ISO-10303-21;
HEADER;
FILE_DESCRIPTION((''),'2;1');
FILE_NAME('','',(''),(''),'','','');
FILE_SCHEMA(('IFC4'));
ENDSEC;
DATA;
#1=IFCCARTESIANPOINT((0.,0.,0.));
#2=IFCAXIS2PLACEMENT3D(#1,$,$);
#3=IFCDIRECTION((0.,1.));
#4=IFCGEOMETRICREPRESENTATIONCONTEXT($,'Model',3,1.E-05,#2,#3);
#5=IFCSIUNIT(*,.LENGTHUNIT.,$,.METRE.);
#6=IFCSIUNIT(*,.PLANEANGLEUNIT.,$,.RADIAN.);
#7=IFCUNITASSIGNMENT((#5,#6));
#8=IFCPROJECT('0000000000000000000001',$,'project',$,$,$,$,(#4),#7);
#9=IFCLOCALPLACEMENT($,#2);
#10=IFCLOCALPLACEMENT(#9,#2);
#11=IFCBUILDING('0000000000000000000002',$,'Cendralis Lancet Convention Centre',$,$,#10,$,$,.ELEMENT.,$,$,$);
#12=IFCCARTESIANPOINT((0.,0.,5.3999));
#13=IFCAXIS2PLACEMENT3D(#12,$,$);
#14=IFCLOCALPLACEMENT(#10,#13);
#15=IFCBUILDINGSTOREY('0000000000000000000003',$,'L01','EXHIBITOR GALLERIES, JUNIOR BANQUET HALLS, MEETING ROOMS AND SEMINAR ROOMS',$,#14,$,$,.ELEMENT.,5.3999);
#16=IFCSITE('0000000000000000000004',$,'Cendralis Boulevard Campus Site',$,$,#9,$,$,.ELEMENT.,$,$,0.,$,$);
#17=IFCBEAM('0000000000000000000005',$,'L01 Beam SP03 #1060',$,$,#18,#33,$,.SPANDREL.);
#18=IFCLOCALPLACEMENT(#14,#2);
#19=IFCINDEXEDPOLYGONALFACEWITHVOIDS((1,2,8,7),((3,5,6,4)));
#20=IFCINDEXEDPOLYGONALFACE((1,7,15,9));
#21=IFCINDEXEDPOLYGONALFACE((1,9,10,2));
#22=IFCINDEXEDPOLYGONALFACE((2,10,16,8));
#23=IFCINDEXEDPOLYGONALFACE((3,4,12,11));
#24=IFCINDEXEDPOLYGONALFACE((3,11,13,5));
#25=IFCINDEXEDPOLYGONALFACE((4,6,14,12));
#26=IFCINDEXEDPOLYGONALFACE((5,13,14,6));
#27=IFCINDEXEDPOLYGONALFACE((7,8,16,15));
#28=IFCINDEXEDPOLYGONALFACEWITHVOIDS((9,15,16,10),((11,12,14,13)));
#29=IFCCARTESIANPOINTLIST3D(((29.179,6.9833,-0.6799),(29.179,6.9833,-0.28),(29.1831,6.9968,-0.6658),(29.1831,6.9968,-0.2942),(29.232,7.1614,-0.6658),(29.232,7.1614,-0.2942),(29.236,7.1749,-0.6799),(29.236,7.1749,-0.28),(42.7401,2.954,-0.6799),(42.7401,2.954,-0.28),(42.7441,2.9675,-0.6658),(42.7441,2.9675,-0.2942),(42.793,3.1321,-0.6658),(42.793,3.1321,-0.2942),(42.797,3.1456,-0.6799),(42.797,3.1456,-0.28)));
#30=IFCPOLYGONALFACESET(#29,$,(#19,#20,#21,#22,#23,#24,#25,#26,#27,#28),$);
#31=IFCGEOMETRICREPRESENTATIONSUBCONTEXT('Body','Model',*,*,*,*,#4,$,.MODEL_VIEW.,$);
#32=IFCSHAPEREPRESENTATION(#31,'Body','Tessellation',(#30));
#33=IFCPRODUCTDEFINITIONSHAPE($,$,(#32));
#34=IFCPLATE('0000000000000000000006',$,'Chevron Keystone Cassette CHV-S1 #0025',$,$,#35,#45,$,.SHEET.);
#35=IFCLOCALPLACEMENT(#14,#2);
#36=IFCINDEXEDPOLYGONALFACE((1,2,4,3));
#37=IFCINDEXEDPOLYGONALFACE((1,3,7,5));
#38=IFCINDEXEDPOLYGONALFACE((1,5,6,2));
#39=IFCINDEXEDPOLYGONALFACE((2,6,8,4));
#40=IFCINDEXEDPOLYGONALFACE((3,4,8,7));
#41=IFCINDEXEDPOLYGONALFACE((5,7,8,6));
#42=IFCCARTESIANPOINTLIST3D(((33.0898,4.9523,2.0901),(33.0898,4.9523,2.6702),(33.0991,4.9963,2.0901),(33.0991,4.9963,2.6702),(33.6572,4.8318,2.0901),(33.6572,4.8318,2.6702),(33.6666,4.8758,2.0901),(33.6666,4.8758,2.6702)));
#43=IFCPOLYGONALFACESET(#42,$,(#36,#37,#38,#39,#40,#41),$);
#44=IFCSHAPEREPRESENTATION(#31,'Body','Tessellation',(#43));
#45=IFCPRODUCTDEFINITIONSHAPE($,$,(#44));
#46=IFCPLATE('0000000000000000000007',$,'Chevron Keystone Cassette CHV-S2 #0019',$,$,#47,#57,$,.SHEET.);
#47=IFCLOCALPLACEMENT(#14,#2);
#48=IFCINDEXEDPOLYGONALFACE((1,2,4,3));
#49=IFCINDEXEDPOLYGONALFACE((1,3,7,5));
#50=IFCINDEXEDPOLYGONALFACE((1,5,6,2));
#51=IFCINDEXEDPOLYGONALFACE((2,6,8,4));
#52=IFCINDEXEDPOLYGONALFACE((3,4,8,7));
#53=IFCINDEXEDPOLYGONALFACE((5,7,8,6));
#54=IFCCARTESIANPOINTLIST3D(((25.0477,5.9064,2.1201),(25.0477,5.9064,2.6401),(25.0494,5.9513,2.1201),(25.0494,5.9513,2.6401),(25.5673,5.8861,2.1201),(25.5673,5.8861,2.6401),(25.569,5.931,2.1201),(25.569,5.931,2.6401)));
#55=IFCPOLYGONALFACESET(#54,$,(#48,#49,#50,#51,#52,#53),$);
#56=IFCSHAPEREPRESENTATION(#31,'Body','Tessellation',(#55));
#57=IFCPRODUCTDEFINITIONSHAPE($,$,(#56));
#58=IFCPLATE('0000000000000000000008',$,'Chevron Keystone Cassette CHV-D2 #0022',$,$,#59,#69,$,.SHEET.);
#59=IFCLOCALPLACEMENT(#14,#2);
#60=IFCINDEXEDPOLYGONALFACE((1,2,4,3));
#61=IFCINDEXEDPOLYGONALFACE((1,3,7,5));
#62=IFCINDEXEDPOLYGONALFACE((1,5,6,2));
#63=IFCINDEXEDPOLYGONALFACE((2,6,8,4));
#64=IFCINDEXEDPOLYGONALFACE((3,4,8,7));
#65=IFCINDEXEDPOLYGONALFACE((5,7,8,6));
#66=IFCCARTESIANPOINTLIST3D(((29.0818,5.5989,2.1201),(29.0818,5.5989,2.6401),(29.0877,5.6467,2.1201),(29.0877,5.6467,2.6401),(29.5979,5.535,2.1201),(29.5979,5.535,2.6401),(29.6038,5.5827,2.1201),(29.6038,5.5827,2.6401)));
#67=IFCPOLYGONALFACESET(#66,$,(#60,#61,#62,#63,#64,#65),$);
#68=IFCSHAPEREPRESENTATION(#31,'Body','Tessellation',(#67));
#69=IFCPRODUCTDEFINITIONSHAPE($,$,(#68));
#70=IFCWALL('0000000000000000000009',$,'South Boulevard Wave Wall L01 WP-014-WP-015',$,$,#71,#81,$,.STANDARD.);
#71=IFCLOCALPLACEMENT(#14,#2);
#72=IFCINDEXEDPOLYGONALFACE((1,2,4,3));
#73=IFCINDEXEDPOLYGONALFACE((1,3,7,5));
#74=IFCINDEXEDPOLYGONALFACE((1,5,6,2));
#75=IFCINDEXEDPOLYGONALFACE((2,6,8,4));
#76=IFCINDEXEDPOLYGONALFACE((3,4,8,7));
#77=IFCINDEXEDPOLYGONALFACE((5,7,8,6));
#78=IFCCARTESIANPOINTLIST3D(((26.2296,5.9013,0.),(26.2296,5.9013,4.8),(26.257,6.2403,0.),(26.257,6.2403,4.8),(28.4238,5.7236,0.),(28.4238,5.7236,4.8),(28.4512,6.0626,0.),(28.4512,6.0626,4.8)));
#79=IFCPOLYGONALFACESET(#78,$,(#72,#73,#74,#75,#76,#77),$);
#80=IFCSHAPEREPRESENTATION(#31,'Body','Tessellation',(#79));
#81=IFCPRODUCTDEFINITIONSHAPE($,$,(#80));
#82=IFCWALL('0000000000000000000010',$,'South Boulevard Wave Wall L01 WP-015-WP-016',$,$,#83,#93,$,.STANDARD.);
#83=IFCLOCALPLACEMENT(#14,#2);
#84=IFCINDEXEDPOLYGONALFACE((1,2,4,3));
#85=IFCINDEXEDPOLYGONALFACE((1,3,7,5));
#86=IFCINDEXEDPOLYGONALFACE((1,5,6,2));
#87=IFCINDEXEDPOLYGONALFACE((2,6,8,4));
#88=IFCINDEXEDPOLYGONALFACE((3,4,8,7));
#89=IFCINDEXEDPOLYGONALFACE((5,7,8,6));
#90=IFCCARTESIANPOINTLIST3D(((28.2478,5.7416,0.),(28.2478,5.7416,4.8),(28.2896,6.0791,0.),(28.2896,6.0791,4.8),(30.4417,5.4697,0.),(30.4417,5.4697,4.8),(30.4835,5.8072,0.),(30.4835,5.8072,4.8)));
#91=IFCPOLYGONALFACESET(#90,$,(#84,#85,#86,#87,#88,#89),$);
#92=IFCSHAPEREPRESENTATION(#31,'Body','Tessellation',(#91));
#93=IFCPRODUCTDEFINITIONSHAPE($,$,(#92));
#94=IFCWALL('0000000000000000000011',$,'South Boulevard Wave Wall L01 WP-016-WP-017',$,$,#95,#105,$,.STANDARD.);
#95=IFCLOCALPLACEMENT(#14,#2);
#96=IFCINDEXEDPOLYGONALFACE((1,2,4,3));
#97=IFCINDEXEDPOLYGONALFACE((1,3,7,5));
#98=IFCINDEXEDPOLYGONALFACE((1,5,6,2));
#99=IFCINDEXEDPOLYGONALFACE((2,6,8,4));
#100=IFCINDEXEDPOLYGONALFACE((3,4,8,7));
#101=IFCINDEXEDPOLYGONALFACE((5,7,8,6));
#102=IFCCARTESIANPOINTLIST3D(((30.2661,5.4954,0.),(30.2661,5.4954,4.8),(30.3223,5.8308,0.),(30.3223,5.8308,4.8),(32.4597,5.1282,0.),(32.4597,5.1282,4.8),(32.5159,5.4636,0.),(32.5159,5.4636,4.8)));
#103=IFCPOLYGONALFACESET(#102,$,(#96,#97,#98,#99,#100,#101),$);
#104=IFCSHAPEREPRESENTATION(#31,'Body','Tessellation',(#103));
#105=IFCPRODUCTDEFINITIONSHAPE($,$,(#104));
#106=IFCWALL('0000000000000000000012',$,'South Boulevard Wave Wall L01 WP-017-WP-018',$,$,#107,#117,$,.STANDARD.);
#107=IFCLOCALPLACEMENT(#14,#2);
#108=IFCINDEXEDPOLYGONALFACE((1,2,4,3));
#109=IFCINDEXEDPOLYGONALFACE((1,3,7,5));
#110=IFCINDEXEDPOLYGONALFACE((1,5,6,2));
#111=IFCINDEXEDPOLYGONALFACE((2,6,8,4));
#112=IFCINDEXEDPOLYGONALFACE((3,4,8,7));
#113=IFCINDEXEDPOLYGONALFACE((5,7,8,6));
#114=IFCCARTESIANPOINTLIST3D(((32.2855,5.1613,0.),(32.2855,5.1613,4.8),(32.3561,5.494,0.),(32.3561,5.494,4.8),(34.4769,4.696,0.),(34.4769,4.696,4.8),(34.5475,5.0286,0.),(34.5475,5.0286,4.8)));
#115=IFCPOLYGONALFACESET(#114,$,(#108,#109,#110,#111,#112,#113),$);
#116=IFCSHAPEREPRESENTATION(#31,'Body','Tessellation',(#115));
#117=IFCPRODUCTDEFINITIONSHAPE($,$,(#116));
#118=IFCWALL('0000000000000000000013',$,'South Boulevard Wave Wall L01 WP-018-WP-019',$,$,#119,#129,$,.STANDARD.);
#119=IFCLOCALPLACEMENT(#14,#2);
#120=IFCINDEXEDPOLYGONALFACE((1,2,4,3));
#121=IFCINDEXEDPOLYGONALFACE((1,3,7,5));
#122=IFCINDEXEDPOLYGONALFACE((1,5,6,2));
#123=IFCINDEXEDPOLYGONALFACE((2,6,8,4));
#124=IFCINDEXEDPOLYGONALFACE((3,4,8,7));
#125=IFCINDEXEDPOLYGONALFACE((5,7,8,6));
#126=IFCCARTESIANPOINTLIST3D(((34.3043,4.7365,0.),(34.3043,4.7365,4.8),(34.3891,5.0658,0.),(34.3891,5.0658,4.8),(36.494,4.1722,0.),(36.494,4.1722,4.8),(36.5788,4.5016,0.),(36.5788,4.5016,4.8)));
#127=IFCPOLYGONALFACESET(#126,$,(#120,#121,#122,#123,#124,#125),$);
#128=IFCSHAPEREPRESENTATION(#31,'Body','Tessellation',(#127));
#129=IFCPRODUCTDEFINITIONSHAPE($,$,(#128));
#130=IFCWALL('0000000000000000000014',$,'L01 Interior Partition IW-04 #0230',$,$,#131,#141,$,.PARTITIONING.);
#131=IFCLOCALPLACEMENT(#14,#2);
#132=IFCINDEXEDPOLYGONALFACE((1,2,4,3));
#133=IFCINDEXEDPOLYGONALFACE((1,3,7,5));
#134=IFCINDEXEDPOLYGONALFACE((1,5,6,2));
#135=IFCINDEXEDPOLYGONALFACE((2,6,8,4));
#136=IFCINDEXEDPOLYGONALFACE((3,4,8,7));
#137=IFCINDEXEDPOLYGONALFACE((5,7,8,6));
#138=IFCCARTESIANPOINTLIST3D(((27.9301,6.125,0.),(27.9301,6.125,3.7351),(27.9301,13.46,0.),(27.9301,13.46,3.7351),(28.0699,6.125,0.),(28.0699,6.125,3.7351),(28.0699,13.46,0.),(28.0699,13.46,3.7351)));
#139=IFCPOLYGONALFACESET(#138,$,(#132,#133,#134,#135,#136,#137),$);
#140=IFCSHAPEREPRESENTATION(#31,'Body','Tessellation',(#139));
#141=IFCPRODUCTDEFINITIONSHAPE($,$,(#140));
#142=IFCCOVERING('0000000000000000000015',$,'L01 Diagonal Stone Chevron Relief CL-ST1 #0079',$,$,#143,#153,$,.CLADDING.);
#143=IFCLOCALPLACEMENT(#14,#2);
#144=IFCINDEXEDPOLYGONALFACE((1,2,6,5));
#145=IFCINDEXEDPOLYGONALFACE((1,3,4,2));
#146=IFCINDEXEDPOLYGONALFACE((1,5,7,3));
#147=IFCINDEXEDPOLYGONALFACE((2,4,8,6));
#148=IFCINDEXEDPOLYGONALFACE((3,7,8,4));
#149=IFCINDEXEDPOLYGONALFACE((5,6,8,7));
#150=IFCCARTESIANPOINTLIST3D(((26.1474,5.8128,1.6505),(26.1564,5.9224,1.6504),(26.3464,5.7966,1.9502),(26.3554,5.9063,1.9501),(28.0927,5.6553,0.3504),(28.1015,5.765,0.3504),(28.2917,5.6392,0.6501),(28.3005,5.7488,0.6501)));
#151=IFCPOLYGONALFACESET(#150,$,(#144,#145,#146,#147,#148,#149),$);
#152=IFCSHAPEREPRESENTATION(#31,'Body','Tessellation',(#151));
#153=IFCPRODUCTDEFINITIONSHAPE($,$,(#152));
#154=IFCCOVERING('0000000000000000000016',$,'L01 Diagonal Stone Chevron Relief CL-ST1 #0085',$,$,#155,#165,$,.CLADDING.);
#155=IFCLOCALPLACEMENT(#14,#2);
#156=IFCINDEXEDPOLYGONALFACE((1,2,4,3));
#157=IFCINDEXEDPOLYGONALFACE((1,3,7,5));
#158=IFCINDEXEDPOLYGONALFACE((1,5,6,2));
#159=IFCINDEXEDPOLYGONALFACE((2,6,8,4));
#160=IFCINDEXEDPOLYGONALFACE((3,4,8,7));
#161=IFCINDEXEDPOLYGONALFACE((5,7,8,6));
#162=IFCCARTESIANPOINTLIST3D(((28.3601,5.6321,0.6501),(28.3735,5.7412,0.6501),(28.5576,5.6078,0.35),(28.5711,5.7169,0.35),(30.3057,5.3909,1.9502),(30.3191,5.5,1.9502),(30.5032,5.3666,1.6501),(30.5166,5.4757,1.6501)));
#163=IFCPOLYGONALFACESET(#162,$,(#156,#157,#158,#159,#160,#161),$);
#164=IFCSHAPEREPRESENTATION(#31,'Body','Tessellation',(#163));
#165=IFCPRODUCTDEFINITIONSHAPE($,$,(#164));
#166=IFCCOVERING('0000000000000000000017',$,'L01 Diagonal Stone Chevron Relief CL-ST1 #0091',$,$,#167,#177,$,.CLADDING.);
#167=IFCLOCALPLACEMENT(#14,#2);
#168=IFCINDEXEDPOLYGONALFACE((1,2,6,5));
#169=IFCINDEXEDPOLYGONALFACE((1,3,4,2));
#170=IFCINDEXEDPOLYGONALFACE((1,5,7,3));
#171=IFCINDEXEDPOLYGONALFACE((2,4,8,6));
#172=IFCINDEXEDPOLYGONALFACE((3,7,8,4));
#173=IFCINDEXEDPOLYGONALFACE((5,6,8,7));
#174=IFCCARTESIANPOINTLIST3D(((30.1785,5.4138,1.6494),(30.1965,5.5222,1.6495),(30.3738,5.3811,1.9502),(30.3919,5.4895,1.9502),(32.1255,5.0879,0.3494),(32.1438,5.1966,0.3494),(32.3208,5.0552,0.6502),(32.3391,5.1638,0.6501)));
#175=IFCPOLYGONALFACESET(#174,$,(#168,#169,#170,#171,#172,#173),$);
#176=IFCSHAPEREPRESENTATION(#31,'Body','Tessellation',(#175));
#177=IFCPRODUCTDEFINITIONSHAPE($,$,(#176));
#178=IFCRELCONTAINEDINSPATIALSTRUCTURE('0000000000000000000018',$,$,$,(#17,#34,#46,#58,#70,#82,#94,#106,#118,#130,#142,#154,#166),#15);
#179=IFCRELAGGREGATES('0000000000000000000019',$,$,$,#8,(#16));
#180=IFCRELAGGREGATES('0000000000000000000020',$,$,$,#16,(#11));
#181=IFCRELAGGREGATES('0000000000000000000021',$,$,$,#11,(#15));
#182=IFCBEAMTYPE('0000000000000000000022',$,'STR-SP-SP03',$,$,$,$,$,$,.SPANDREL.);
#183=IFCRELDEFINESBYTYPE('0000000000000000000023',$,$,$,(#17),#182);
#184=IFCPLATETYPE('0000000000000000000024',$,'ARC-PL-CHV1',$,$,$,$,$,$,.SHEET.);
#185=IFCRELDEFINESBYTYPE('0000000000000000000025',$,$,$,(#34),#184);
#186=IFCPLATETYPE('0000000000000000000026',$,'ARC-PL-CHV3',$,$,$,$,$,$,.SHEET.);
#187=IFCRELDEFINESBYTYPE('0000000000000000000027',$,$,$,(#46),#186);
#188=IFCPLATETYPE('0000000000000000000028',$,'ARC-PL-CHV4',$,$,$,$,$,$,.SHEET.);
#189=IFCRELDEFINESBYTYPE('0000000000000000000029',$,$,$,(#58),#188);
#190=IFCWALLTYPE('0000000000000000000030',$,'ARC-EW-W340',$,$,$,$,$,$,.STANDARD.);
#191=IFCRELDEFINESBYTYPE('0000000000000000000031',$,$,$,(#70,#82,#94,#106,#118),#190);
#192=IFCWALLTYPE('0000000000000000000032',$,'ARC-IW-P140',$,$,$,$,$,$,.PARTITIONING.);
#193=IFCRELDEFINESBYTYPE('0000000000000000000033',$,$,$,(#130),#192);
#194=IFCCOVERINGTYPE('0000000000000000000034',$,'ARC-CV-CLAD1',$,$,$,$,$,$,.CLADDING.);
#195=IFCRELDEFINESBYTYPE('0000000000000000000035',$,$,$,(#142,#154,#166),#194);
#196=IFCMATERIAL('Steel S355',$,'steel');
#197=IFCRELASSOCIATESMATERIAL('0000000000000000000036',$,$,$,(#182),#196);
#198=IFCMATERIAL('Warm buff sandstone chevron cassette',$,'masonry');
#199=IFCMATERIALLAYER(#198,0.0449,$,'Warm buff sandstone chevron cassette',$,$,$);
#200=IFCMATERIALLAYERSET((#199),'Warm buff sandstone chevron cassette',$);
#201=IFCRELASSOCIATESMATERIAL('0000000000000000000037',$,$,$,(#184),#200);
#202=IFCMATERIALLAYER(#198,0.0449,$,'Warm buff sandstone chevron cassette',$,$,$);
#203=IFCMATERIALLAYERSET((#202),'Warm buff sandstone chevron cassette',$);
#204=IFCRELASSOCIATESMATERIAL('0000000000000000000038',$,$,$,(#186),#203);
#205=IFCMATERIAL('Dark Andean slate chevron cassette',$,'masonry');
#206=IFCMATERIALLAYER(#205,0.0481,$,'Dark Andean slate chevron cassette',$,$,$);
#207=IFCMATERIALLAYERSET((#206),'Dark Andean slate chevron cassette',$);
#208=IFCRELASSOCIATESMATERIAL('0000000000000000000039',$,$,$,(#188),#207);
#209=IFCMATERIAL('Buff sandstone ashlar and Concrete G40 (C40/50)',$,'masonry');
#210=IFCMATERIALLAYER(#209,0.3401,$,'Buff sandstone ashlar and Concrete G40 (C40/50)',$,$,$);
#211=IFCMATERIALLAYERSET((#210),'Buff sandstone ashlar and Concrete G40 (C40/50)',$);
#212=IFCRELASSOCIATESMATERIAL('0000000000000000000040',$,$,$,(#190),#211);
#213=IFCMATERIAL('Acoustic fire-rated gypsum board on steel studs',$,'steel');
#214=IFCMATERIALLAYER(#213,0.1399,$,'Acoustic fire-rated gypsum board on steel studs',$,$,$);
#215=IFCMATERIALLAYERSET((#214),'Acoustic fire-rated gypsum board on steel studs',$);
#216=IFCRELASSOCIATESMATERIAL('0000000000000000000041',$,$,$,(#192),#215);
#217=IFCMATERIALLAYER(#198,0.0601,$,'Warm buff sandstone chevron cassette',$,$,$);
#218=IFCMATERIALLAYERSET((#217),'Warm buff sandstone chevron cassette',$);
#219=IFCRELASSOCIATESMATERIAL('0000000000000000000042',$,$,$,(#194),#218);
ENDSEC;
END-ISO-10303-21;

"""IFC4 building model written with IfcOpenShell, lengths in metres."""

from ifc_helpers import new_model, si_unit, direction, frame, frame_2d, origin, origin_2d, place, context, subcontext, project, spatial, polyline, rectangle, hollow_rectangle, outline, extrude, material, layer, layer_set, material_profile, profile_set, type_object, element, save


model = new_model("IFC4")

# Units and contexts
model_context = context("Model", 3, precision=1e-05, world=origin(), true_north=direction((0.0, 1.0)))
body_context = subcontext(model_context, "Body", "Model", "MODEL_VIEW")
ifc_project = project(units=[si_unit("LENGTHUNIT", "METRE"), si_unit("PLANEANGLEUNIT", "RADIAN")], contexts=[model_context])

# Site, building, storey
site_placement = place(None, origin())
site = spatial("IfcSite", under=ifc_project, at=site_placement, Name="Cendralis Boulevard Campus Site", CompositionType="ELEMENT", RefElevation=0.0)
building_placement = place(site_placement, origin())
building = spatial("IfcBuilding", under=site, at=building_placement, Name="Cendralis Lancet Convention Centre", CompositionType="ELEMENT")
storey_placement = place(building_placement, frame((0.0, 0.0, 5.3999)))
storey = spatial("IfcBuildingStorey", under=building, at=storey_placement, Name="L01", Description="EXHIBITOR GALLERIES, JUNIOR BANQUET HALLS, MEETING ROOMS AND SEMINAR ROOMS", CompositionType="ELEMENT", Elevation=5.3999)

# Beam
ifc_material_1 = material(Name="Steel S355", Category="steel")
ifc_material_profile = material_profile(ifc_material_1, hollow_rectangle(XDim=0.2, YDim=0.3999, WallThickness=0.0142, at=origin_2d()), Name="RHS 400x200x14.2")
ifc_profile_set = profile_set([ifc_material_profile], Name="Steel S355")
beam_type = type_object("IfcBeamType", Name="STR-SP-SP03", PredefinedType="SPANDREL", material=ifc_profile_set)
beam_placement = place(storey_placement, frame((29.2075, 7.0791, -0.48), z_axis=(0.958582, -0.284817, 0.0), x_axis=(0.284817, 0.958582, 0.0)))
element("IfcBeam", 1, at=beam_placement, inside=storey, type_object=beam_type, Name="L01 Beam SP03 #1060", PredefinedType="SPANDREL", context=body_context, shape_type="SweptSolid", body=[
    extrude(hollow_rectangle(XDim=0.2, YDim=0.3999, WallThickness=0.0142, at=origin_2d()), origin(), (0.0, 0.0, 1.0), 14.147),
])

# Plates
ifc_material_2 = material(Name="Warm buff sandstone chevron cassette", Category="masonry")
ifc_layer_1 = layer(ifc_material_2, 0.0449, Name="Warm buff sandstone chevron cassette")
ifc_layer_set_1 = layer_set([ifc_layer_1], Name="Warm buff sandstone chevron cassette")
plate_type_1 = type_object("IfcPlateType", Name="ARC-PL-CHV1", PredefinedType="SHEET", material=ifc_layer_set_1)
plate_1_placement = place(storey_placement, frame((33.3782, 4.9141, 2.0901), z_axis=(0.0, 0.0, 1.0), x_axis=(0.978191, -0.207707, 0.0)))
element("IfcPlate", 2, at=plate_1_placement, inside=storey, type_object=plate_type_1, Name="Chevron Keystone Cassette CHV-S1 #0025", PredefinedType="SHEET", context=body_context, shape_type="SweptSolid", body=[
    extrude(rectangle(XDim=0.5801, YDim=0.0449, at=origin_2d()), origin(), (0.0, 0.0, 1.0), 0.5801),
])
ifc_layer_2 = layer(ifc_material_2, 0.0449, Name="Warm buff sandstone chevron cassette")
ifc_layer_set_2 = layer_set([ifc_layer_2], Name="Warm buff sandstone chevron cassette")
plate_type_2 = type_object("IfcPlateType", Name="ARC-PL-CHV3", PredefinedType="SHEET", material=ifc_layer_set_2)
plate_2_placement = place(storey_placement, frame((25.3083, 5.9187, 2.1201), z_axis=(0.0, 0.0, 1.0), x_axis=(0.99924, -0.038981, 0.0)))
element("IfcPlate", 3, at=plate_2_placement, inside=storey, type_object=plate_type_2, Name="Chevron Keystone Cassette CHV-S2 #0019", PredefinedType="SHEET", context=body_context, shape_type="SweptSolid", body=[
    extrude(rectangle(XDim=0.52, YDim=0.0449, at=origin_2d()), origin(), (0.0, 0.0, 1.0), 0.52),
])
ifc_material_3 = material(Name="Dark Andean slate chevron cassette", Category="masonry")
ifc_layer_3 = layer(ifc_material_3, 0.0481, Name="Dark Andean slate chevron cassette")
ifc_layer_set_3 = layer_set([ifc_layer_3], Name="Dark Andean slate chevron cassette")
plate_type_3 = type_object("IfcPlateType", Name="ARC-PL-CHV4", PredefinedType="SHEET", material=ifc_layer_set_3)
plate_3_placement = place(storey_placement, frame((29.3428, 5.5908, 2.1201), z_axis=(0.0, 0.0, 1.0), x_axis=(0.992405, -0.123013, 0.0)))
element("IfcPlate", 4, at=plate_3_placement, inside=storey, type_object=plate_type_3, Name="Chevron Keystone Cassette CHV-D2 #0022", PredefinedType="SHEET", context=body_context, shape_type="SweptSolid", body=[
    extrude(rectangle(XDim=0.52, YDim=0.0481, at=origin_2d()), origin(), (0.0, 0.0, 1.0), 0.52),
])

# Walls
ifc_material_4 = material(Name="Buff sandstone ashlar and Concrete G40 (C40/50)", Category="masonry")
ifc_layer_4 = layer(ifc_material_4, 0.3401, Name="Buff sandstone ashlar and Concrete G40 (C40/50)")
ifc_layer_set_4 = layer_set([ifc_layer_4], Name="Buff sandstone ashlar and Concrete G40 (C40/50)")
wall_type_1 = type_object("IfcWallType", Name="ARC-EW-W340", PredefinedType="STANDARD", material=ifc_layer_set_4)
wall_1_placement = place(storey_placement, frame((26.2434, 6.0708, 0.0), z_axis=(0.0, 0.0, 1.0), x_axis=(0.996736, -0.080732, 0.0)))
element("IfcWall", 5, at=wall_1_placement, inside=storey, type_object=wall_type_1, Name="South Boulevard Wave Wall L01 WP-014-WP-015", PredefinedType="STANDARD", context=body_context, shape_type="SweptSolid", body=[
    extrude(rectangle(XDim=2.2014, YDim=0.3401, at=frame_2d((1.1006, 0.0))), origin(), (0.0, 0.0, 1.0), 4.8),
])
wall_2_placement = place(storey_placement, frame((28.2686, 5.9104, 0.0), z_axis=(0.0, 0.0, 1.0), x_axis=(0.992403, -0.123029, 0.0)))
element("IfcWall", 6, at=wall_2_placement, inside=storey, type_object=wall_type_1, Name="South Boulevard Wave Wall L01 WP-015-WP-016", PredefinedType="STANDARD", context=body_context, shape_type="SweptSolid", body=[
    extrude(rectangle(XDim=2.2107, YDim=0.3401, at=frame_2d((1.1055, 0.0))), origin(), (0.0, 0.0, 1.0), 4.8),
])
wall_3_placement = place(storey_placement, frame((30.2942, 5.6631, 0.0), z_axis=(0.0, 0.0, 1.0), x_axis=(0.986278, -0.165093, 0.0)))
element("IfcWall", 7, at=wall_3_placement, inside=storey, type_object=wall_type_1, Name="South Boulevard Wave Wall L01 WP-016-WP-017", PredefinedType="STANDARD", context=body_context, shape_type="SweptSolid", body=[
    extrude(rectangle(XDim=2.2241, YDim=0.3401, at=frame_2d((1.1121, 0.0))), origin(), (0.0, 0.0, 1.0), 4.8),
])
wall_4_placement = place(storey_placement, frame((32.3208, 5.3276, 0.0), z_axis=(0.0, 0.0, 1.0), x_axis=(0.97819, -0.207713, 0.0)))
element("IfcWall", 8, at=wall_4_placement, inside=storey, type_object=wall_type_1, Name="South Boulevard Wave Wall L01 WP-017-WP-018", PredefinedType="STANDARD", context=body_context, shape_type="SweptSolid", body=[
    extrude(rectangle(XDim=2.2402, YDim=0.3401, at=frame_2d((1.1201, 0.0))), origin(), (0.0, 0.0, 1.0), 4.8),
])
wall_5_placement = place(storey_placement, frame((34.3467, 4.9011, 0.0), z_axis=(0.0, 0.0, 1.0), x_axis=(0.968371, -0.249516, 0.0)))
element("IfcWall", 9, at=wall_5_placement, inside=storey, type_object=wall_type_1, Name="South Boulevard Wave Wall L01 WP-018-WP-019", PredefinedType="STANDARD", context=body_context, shape_type="SweptSolid", body=[
    extrude(rectangle(XDim=2.2612, YDim=0.3401, at=frame_2d((1.1306, 0.0))), origin(), (0.0, 0.0, 1.0), 4.8),
])
ifc_material_5 = material(Name="Acoustic fire-rated gypsum board on steel studs", Category="steel")
ifc_layer_5 = layer(ifc_material_5, 0.1399, Name="Acoustic fire-rated gypsum board on steel studs")
ifc_layer_set_5 = layer_set([ifc_layer_5], Name="Acoustic fire-rated gypsum board on steel studs")
wall_type_2 = type_object("IfcWallType", Name="ARC-IW-P140", PredefinedType="PARTITIONING", material=ifc_layer_set_5)
wall_6_placement = place(storey_placement, frame((28.0, 6.125, 0.0), z_axis=(0.0, 0.0, 1.0), x_axis=(0.0, 1.0, 0.0)))
element("IfcWall", 10, at=wall_6_placement, inside=storey, type_object=wall_type_2, Name="L01 Interior Partition IW-04 #0230", PredefinedType="PARTITIONING", context=body_context, shape_type="SweptSolid", body=[
    extrude(rectangle(XDim=7.335, YDim=0.1399, at=frame_2d((3.6675, 0.0))), origin(), (0.0, 0.0, 1.0), 3.7351),
])

# Coverings
ifc_layer_6 = layer(ifc_material_2, 0.0601, Name="Warm buff sandstone chevron cassette")
ifc_layer_set_6 = layer_set([ifc_layer_6], Name="Warm buff sandstone chevron cassette")
covering_type_1 = type_object("IfcCoveringType", Name="ARC-CV-CLAD1", PredefinedType="CLADDING", material=ifc_layer_set_6)
covering_1_placement = place(storey_placement, frame((26.3464, 5.7966, 1.9502), z_axis=(0.552586, -0.044921, 0.832245), x_axis=(0.829531, -0.06715, -0.554409)))
element("IfcCovering", 11, at=covering_1_placement, inside=storey, type_object=covering_type_1, Name="L01 Diagonal Stone Chevron Relief CL-ST1 #0079", PredefinedType="CLADDING", context=body_context, shape_type="SweptSolid", body=[
    extrude(outline(polyline([(0.0, 0.0), (2.345, 0.0), (2.345, 0.11), (0.0001, 0.11), (0.0, 0.0)])), origin(), (0.0, 0.0, -1.0), 0.3601),
])
covering_2_placement = place(storey_placement, frame((28.3601, 5.6321, 0.6501), z_axis=(-0.548526, 0.067492, 0.833405), x_axis=(0.827073, -0.102541, 0.552662)))
element("IfcCovering", 12, at=covering_2_placement, inside=storey, type_object=covering_type_1, Name="L01 Diagonal Stone Chevron Relief CL-ST1 #0085", PredefinedType="CLADDING", context=body_context, shape_type="SweptSolid", body=[
    extrude(outline(polyline([(0.0, 0.0), (2.3523, 0.0), (2.3523, 0.11), (-0.0001, 0.11), (0.0, 0.0)])), origin(), (0.0, 0.0, -1.0), 0.3601),
])
covering_3_placement = place(storey_placement, frame((30.3738, 5.3811, 1.9502), z_axis=(0.542412, -0.09091, 0.835179), x_axis=(0.823718, -0.137889, -0.549978)))
element("IfcCovering", 13, at=covering_3_placement, inside=storey, type_object=covering_type_1, Name="L01 Diagonal Stone Chevron Relief CL-ST1 #0091", PredefinedType="CLADDING", context=body_context, shape_type="SweptSolid", body=[
    extrude(outline(polyline([(0.0, 0.0), (2.3637, 0.0), (2.3638, 0.1102), (-0.0001, 0.1099), (0.0, 0.0)])), origin(), (0.0, 0.0, -1.0), 0.3601),
])

save(model, "model.ifc")
